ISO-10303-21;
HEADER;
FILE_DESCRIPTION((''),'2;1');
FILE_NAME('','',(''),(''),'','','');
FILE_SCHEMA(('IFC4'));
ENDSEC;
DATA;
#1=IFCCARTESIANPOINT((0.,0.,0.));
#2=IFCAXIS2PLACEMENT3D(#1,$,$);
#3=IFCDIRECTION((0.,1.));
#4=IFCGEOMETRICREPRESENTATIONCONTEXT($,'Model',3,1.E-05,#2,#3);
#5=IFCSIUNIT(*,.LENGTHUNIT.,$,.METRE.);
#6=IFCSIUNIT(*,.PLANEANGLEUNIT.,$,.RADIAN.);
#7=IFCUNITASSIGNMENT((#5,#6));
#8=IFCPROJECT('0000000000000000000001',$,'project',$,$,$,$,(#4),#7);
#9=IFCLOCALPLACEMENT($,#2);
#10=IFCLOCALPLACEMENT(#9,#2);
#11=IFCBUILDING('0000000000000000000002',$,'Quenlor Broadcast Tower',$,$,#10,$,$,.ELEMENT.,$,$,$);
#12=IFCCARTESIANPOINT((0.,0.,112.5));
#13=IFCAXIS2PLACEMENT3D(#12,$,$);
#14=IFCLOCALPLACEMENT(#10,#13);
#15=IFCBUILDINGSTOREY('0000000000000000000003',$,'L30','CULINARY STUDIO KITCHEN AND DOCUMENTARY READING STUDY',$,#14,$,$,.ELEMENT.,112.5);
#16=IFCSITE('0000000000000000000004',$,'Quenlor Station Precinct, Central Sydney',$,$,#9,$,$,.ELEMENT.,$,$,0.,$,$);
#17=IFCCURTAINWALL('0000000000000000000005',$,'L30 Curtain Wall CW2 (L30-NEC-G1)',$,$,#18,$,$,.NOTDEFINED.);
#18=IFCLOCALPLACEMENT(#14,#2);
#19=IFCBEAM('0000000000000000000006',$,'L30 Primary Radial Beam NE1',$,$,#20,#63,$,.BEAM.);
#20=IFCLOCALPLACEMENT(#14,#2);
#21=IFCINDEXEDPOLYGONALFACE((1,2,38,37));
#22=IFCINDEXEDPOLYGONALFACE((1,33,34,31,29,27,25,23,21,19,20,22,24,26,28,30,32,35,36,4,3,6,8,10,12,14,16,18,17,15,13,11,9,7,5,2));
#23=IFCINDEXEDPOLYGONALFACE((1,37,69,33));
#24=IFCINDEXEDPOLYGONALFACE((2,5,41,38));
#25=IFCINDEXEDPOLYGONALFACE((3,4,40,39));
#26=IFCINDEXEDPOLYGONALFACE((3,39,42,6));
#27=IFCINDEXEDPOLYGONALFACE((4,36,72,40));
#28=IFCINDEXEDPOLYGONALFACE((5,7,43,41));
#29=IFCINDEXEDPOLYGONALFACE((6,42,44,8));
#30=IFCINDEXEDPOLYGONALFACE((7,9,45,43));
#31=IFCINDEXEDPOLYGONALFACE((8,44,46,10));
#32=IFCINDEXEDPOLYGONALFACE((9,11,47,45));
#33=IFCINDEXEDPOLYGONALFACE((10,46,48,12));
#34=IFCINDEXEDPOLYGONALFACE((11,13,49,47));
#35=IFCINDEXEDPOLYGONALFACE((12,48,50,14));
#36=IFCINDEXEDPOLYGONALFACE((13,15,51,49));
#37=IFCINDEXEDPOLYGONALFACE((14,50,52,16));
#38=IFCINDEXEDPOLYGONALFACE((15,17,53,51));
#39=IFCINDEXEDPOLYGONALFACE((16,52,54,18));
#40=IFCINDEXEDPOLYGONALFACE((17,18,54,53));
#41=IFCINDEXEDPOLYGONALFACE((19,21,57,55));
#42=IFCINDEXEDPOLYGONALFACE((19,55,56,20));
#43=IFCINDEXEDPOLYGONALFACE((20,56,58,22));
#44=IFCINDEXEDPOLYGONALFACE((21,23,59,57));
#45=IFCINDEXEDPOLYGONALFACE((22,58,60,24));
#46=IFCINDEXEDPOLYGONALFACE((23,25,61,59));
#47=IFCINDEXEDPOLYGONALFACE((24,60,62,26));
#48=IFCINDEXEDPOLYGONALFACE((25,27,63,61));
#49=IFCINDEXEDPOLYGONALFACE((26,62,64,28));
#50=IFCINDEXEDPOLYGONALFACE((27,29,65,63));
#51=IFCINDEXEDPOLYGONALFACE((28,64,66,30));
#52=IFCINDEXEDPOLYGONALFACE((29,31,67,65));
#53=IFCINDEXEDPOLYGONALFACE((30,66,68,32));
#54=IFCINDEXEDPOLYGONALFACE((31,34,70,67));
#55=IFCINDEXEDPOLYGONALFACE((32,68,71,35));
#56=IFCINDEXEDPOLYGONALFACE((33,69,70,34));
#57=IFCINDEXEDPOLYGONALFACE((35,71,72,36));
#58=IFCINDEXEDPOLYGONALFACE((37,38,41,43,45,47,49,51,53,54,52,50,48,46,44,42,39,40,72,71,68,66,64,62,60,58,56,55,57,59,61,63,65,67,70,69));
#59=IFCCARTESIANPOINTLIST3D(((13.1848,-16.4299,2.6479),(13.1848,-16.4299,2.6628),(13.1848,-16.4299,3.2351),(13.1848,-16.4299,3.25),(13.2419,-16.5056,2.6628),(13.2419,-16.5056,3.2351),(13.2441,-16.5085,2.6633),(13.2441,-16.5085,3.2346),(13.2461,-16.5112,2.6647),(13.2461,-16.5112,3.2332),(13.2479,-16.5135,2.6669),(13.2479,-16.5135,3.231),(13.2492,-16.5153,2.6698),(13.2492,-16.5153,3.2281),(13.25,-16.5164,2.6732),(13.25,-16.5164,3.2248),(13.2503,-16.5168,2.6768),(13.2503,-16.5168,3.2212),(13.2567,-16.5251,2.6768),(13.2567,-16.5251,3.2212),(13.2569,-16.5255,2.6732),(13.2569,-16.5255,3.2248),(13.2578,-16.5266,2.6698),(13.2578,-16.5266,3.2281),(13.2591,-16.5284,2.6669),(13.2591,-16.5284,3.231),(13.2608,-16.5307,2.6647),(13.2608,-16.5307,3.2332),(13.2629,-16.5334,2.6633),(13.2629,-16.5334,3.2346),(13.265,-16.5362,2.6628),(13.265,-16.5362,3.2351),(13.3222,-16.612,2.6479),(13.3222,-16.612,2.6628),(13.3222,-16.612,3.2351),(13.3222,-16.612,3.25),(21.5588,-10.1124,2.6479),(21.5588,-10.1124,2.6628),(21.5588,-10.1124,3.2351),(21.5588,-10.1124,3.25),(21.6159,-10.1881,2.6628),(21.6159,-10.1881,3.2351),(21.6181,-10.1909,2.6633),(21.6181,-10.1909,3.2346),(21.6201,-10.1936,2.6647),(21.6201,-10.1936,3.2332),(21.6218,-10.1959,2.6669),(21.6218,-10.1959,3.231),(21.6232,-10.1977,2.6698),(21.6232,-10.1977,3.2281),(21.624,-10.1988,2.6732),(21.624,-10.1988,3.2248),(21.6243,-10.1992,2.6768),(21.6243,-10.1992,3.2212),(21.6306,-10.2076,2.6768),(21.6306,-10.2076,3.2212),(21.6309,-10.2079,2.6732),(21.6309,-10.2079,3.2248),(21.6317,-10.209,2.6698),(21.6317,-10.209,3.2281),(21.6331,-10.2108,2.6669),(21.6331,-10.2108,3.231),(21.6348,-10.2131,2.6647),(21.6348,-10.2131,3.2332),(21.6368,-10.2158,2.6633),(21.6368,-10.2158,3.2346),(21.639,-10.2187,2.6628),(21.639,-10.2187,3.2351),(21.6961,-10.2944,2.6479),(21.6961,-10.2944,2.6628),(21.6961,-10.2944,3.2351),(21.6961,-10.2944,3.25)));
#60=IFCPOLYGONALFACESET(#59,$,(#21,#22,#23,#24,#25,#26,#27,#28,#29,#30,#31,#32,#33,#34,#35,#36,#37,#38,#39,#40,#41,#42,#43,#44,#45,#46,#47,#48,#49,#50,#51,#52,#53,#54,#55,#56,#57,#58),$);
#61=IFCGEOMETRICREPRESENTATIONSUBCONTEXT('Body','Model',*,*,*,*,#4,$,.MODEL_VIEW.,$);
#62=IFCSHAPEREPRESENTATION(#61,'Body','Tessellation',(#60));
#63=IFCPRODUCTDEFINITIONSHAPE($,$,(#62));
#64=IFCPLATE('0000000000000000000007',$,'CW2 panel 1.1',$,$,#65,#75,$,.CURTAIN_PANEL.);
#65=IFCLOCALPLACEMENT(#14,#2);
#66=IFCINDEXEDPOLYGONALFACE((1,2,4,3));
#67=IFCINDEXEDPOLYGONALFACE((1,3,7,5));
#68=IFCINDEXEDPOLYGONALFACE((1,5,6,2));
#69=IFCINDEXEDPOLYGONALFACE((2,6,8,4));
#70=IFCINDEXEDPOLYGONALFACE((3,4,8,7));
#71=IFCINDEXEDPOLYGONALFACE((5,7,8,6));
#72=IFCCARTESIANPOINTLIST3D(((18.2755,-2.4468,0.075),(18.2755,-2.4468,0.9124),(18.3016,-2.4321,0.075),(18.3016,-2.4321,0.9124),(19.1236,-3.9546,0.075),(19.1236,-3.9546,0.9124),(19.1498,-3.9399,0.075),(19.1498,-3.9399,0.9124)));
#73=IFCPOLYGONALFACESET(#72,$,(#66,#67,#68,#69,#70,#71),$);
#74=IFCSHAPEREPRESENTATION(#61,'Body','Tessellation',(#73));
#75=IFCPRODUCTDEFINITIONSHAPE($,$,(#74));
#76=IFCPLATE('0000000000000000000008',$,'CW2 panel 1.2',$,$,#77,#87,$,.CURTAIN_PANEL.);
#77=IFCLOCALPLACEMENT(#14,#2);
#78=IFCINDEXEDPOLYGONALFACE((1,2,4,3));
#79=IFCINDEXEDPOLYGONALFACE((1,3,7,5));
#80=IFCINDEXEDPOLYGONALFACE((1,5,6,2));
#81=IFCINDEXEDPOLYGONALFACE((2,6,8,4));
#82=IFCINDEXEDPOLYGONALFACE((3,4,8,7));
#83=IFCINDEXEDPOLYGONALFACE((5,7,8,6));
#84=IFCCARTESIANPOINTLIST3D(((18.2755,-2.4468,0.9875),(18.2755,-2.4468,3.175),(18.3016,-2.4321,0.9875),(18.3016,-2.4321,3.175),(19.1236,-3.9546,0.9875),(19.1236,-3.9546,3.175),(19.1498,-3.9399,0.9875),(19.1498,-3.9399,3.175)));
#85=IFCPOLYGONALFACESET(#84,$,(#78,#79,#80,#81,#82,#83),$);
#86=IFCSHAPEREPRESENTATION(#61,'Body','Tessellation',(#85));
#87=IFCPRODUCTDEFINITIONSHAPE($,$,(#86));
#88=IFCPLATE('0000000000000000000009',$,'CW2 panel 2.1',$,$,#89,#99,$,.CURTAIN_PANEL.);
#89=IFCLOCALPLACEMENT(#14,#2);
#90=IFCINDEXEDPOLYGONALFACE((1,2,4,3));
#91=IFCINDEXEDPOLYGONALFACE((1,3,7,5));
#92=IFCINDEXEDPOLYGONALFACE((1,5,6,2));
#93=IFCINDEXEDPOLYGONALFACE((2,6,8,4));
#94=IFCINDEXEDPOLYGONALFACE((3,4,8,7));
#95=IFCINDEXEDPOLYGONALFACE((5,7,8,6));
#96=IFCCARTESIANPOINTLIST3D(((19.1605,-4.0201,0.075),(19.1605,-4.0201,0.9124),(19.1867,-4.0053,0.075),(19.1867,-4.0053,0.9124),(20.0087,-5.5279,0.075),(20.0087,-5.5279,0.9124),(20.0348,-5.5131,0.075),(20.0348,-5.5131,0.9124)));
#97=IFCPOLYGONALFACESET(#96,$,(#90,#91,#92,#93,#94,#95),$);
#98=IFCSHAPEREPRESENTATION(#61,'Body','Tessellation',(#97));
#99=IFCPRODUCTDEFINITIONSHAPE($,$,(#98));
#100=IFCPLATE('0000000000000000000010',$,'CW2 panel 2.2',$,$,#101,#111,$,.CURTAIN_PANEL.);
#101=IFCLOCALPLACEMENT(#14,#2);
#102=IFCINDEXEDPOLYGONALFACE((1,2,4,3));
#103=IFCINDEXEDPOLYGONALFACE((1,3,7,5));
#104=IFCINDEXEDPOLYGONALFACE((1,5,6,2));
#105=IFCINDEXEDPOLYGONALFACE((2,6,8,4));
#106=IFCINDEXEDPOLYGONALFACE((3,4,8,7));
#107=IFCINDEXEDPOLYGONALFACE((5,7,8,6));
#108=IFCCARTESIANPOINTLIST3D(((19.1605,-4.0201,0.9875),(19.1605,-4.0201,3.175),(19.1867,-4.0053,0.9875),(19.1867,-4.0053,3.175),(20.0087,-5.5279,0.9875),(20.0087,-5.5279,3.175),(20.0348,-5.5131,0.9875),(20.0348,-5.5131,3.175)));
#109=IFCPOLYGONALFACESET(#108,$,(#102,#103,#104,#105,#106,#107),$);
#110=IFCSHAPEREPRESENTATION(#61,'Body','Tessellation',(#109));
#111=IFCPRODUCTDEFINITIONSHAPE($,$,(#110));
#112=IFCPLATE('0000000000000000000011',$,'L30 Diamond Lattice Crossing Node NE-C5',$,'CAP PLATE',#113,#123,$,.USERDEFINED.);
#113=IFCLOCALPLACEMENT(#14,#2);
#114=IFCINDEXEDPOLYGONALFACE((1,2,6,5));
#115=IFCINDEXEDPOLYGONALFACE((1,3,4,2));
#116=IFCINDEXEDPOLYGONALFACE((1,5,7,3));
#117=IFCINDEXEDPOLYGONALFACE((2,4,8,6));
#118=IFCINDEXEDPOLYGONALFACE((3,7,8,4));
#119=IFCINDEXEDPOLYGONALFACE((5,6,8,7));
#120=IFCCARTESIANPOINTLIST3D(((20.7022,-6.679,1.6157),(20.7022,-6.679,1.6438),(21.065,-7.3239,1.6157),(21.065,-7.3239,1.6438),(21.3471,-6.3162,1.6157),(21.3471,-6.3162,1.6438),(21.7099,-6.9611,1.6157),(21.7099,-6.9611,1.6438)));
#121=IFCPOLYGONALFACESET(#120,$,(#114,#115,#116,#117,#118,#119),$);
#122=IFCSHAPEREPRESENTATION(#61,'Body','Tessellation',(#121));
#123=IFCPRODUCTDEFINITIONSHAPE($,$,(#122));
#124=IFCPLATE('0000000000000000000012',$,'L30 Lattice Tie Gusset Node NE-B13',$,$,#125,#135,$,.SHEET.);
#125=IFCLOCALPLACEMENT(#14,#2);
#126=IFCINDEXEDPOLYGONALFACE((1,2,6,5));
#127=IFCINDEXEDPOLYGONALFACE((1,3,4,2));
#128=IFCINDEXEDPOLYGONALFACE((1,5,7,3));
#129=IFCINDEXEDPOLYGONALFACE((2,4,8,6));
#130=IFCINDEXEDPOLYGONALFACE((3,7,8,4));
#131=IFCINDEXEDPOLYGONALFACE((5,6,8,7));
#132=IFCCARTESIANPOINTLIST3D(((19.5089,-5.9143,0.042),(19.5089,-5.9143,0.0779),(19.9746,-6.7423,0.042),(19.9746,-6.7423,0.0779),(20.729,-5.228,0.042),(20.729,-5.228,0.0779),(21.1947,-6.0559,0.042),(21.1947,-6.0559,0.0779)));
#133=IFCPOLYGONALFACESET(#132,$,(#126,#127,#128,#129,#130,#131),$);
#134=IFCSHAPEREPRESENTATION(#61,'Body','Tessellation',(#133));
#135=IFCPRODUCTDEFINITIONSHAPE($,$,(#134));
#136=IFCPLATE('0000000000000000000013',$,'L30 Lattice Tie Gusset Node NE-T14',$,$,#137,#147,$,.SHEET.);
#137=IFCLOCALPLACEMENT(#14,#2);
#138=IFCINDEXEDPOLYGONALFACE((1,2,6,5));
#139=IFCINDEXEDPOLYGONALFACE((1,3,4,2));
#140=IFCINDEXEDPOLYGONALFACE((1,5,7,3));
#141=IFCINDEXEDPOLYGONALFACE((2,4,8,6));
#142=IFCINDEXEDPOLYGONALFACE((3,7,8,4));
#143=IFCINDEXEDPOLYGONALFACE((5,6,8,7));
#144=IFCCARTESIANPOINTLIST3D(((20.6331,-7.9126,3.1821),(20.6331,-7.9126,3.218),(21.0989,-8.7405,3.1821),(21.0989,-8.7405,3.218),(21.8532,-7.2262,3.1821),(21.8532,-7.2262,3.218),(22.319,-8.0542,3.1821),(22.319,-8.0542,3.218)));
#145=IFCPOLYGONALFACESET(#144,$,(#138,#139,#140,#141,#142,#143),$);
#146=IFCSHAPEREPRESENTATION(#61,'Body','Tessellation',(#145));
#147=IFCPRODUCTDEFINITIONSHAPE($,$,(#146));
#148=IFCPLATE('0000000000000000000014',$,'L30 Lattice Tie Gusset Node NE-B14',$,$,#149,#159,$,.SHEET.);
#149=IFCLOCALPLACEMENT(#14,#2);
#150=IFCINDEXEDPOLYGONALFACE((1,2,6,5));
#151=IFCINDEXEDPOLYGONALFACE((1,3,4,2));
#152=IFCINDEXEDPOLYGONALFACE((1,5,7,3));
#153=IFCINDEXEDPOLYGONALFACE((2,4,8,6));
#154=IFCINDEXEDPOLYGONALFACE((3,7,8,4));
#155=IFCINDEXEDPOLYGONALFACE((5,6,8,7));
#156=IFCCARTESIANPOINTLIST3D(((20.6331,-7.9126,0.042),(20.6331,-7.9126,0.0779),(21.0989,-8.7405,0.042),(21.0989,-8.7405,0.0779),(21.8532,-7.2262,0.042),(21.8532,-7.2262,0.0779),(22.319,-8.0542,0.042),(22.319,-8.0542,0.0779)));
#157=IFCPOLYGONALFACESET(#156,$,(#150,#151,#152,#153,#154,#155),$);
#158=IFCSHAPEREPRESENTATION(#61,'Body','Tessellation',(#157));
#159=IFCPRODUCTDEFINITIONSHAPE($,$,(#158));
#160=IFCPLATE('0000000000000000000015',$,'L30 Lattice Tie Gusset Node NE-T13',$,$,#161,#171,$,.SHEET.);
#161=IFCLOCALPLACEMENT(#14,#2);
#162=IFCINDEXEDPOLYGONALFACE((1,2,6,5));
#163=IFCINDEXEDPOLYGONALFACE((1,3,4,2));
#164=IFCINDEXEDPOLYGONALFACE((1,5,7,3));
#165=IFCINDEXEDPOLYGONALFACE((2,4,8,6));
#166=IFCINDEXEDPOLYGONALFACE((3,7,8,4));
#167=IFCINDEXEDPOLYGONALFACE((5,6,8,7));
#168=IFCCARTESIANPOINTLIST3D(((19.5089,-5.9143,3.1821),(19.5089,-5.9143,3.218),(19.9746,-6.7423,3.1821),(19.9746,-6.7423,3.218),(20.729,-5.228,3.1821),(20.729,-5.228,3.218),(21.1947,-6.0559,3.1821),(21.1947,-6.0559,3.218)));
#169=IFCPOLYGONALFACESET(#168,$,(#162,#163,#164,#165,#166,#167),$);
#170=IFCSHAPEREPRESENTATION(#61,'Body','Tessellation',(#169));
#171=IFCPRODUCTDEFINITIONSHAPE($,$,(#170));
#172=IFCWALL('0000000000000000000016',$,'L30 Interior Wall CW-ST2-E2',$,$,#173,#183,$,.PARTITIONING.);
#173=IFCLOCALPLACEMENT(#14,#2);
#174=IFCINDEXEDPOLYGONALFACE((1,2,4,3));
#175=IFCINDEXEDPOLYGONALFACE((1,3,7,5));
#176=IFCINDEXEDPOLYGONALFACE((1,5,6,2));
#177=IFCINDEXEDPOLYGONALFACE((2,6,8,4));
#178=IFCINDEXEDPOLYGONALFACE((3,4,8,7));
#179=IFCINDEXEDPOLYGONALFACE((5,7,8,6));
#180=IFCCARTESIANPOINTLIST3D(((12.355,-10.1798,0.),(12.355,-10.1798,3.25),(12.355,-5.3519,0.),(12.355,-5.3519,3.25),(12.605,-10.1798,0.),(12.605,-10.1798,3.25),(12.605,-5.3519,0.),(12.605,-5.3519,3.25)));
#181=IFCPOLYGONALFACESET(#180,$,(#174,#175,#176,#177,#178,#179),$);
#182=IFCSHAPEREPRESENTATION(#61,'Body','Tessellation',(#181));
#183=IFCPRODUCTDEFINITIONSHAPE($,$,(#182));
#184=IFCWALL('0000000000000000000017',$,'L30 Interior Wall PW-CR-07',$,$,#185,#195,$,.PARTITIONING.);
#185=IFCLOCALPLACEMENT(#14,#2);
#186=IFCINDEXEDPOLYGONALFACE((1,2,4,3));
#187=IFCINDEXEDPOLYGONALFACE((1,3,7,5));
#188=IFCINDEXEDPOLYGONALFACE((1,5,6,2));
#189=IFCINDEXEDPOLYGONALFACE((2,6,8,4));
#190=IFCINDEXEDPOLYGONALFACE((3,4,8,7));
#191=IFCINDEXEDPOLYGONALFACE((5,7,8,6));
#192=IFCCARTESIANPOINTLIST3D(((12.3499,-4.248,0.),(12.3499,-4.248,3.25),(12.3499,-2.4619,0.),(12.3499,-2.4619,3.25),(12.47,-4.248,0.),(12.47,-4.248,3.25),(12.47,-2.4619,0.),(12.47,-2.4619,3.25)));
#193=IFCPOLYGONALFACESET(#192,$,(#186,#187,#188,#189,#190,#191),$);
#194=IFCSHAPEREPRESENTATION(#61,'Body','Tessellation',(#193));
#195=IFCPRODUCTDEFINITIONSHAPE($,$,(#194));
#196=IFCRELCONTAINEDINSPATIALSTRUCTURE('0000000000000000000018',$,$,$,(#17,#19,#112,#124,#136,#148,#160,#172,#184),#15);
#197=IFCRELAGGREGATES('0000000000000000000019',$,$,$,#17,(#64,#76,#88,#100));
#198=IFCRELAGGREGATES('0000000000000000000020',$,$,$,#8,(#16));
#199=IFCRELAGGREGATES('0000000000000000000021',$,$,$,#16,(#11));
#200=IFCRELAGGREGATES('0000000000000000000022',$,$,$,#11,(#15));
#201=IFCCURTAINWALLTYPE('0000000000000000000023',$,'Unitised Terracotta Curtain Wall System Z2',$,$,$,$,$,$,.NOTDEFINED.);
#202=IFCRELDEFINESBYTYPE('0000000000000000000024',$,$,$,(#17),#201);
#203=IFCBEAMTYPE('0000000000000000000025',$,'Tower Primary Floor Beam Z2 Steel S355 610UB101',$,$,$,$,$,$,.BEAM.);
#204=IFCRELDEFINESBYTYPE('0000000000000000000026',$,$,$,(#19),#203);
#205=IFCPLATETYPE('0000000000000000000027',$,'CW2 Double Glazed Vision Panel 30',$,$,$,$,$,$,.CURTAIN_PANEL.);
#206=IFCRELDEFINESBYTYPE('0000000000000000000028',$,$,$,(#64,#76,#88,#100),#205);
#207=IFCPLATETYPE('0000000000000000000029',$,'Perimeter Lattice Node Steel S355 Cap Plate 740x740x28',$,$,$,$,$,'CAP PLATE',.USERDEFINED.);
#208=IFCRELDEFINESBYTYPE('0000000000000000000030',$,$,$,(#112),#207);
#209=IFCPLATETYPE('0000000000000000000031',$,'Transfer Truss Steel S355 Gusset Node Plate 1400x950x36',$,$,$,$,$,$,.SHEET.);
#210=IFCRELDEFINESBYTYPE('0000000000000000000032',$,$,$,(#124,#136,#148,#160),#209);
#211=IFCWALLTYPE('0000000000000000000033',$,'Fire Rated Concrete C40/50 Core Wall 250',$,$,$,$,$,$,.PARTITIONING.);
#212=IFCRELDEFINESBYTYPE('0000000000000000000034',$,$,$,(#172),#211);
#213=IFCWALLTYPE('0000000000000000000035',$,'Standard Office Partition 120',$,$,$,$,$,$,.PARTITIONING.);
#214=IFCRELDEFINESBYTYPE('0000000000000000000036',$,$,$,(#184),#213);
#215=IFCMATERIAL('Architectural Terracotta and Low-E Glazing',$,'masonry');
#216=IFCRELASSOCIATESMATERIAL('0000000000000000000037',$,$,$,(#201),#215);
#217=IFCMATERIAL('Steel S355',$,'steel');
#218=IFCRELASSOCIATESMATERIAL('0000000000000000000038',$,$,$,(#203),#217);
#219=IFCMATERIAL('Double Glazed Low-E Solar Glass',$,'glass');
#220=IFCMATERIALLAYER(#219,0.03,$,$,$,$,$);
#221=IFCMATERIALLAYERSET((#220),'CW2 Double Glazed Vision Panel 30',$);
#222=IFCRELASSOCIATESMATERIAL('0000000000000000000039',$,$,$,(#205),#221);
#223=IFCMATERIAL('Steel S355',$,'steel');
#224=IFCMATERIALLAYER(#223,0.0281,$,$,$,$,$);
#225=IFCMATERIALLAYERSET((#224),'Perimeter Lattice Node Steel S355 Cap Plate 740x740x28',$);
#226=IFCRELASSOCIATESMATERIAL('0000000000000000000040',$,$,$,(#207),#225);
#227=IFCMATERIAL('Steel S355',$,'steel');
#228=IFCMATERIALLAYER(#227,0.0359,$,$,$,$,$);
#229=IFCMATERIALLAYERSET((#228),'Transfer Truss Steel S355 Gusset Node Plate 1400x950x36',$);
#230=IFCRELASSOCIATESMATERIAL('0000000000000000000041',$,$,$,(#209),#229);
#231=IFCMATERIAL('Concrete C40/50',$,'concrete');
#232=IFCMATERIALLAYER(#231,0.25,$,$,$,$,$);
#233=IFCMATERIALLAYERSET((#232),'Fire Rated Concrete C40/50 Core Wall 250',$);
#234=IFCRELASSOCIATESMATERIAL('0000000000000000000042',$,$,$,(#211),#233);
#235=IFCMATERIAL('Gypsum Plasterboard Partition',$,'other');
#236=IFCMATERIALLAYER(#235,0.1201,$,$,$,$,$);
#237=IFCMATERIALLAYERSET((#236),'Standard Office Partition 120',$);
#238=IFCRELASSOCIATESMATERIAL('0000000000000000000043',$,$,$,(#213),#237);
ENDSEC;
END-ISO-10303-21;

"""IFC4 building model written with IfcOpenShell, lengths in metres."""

from ifc_helpers import new_model, si_unit, direction, frame, frame_2d, origin, origin_2d, place, context, subcontext, project, spatial, rectangle, i_section, extrude, material, layer, layer_set, material_profile, profile_set, type_object, element, aggregate, save


model = new_model("IFC4")

# Units and contexts
model_context = context("Model", 3, precision=1e-05, world=origin(), true_north=direction((0.0, 1.0)))
body_context = subcontext(model_context, "Body", "Model", "MODEL_VIEW")
ifc_project = project(units=[si_unit("LENGTHUNIT", "METRE"), si_unit("PLANEANGLEUNIT", "RADIAN")], contexts=[model_context])

# Site, building, storey
site_placement = place(None, origin())
site = spatial("IfcSite", under=ifc_project, at=site_placement, Name="Quenlor Station Precinct, Central Sydney", CompositionType="ELEMENT", RefElevation=0.0)
building_placement = place(site_placement, origin())
building = spatial("IfcBuilding", under=site, at=building_placement, Name="Quenlor Broadcast Tower", CompositionType="ELEMENT")
storey_placement = place(building_placement, frame((0.0, 0.0, 112.5)))
storey = spatial("IfcBuildingStorey", under=building, at=storey_placement, Name="L30", Description="CULINARY STUDIO KITCHEN AND DOCUMENTARY READING STUDY", CompositionType="ELEMENT", Elevation=112.5)

# Curtain wall
ifc_material_1 = material(Name="Architectural Terracotta and Low-E Glazing", Category="masonry")
curtain_wall_type = type_object("IfcCurtainWallType", Name="Unitised Terracotta Curtain Wall System Z2", PredefinedType="NOTDEFINED", material=ifc_material_1)
curtain_wall_placement = place(storey_placement, origin())
curtain_wall = element("IfcCurtainWall", 1, at=curtain_wall_placement, inside=storey, type_object=curtain_wall_type, Name="L30 Curtain Wall CW2 (L30-NEC-G1)", PredefinedType="NOTDEFINED")

# Beam
ifc_material_2 = material(Name="Steel S355", Category="steel")
ifc_material_profile_1 = material_profile(ifc_material_2, i_section(OverallWidth=0.228, OverallDepth=0.6021, WebThickness=0.0105, FlangeThickness=0.0149, FilletRadius=0.0139, at=origin_2d()))
ifc_profile_set_1 = profile_set([ifc_material_profile_1], Name="Steel S355 610UB101")
beam_type_1 = type_object("IfcBeamType", Name="Tower Primary Floor Beam Z2 Steel S355 610UB101", PredefinedType="BEAM", material=ifc_profile_set_1)
beam_1_placement = place(storey_placement, frame((21.6274, -10.2034, 2.949), z_axis=(-0.798299, -0.602262, 0.0), x_axis=(0.602262, -0.798299, 0.0)))
element("IfcBeam", 2, at=beam_1_placement, inside=storey, type_object=beam_type_1, Name="L30 Primary Radial Beam NE1", PredefinedType="BEAM", context=body_context, shape_type="SweptSolid", body=[
    extrude(i_section(OverallWidth=0.228, OverallDepth=0.6021, WebThickness=0.0105, FlangeThickness=0.0149, FilletRadius=0.0139, at=origin_2d()), origin(), (0.0, 0.0, 1.0), 10.4897),
])

# Plates
ifc_material_3 = material(Name="Double Glazed Low-E Solar Glass", Category="glass")
ifc_layer_1 = layer(ifc_material_3, 0.03)
ifc_layer_set_1 = layer_set([ifc_layer_1], Name="CW2 Double Glazed Vision Panel 30")
plate_type_1 = type_object("IfcPlateType", Name="CW2 Double Glazed Vision Panel 30", PredefinedType="CURTAIN_PANEL", material=ifc_layer_set_1)
plate_1_placement = place(storey_placement, frame((18.7126, -3.1934, 0.075), z_axis=(0.0, 0.0, 1.0), x_axis=(0.490277, -0.871567, 0.0)))
plate_1 = element("IfcPlate", 3, at=plate_1_placement, type_object=plate_type_1, Name="CW2 panel 1.1", PredefinedType="CURTAIN_PANEL", context=body_context, shape_type="SweptSolid", body=[
    extrude(rectangle(XDim=1.73, YDim=0.03, at=origin_2d()), origin(), (0.0, 0.0, 1.0), 0.8374),
])
plate_2_placement = place(storey_placement, frame((18.7126, -3.1934, 0.9875), z_axis=(0.0, 0.0, 1.0), x_axis=(0.490277, -0.871567, 0.0)))
plate_2 = element("IfcPlate", 4, at=plate_2_placement, type_object=plate_type_1, Name="CW2 panel 1.2", PredefinedType="CURTAIN_PANEL", context=body_context, shape_type="SweptSolid", body=[
    extrude(rectangle(XDim=1.73, YDim=0.03, at=origin_2d()), origin(), (0.0, 0.0, 1.0), 2.1875),
])
plate_3_placement = place(storey_placement, frame((19.5977, -4.7666, 0.075), z_axis=(0.0, 0.0, 1.0), x_axis=(0.490277, -0.871567, 0.0)))
plate_3 = element("IfcPlate", 5, at=plate_3_placement, type_object=plate_type_1, Name="CW2 panel 2.1", PredefinedType="CURTAIN_PANEL", context=body_context, shape_type="SweptSolid", body=[
    extrude(rectangle(XDim=1.73, YDim=0.03, at=origin_2d()), origin(), (0.0, 0.0, 1.0), 0.8374),
])
plate_4_placement = place(storey_placement, frame((19.5977, -4.7666, 0.9875), z_axis=(0.0, 0.0, 1.0), x_axis=(0.490277, -0.871567, 0.0)))
plate_4 = element("IfcPlate", 6, at=plate_4_placement, type_object=plate_type_1, Name="CW2 panel 2.2", PredefinedType="CURTAIN_PANEL", context=body_context, shape_type="SweptSolid", body=[
    extrude(rectangle(XDim=1.73, YDim=0.03, at=origin_2d()), origin(), (0.0, 0.0, 1.0), 2.1875),
])
aggregate(curtain_wall, [plate_1, plate_2, plate_3, plate_4])

# Plates
ifc_material_4 = material(Name="Steel S355", Category="steel")
ifc_layer_2 = layer(ifc_material_4, 0.0281)
ifc_layer_set_2 = layer_set([ifc_layer_2], Name="Perimeter Lattice Node Steel S355 Cap Plate 740x740x28")
plate_type_2 = type_object("IfcPlateType", Name="Perimeter Lattice Node Steel S355 Cap Plate 740x740x28", ElementType="CAP PLATE", PredefinedType="USERDEFINED", material=ifc_layer_set_2)
plate_5_placement = place(storey_placement, frame((21.2061, -6.8201, 1.6157), z_axis=(0.0, 0.0, 1.0), x_axis=(0.490295, -0.871556, 0.0)))
element("IfcPlate", 7, at=plate_5_placement, inside=storey, type_object=plate_type_2, Name="L30 Diamond Lattice Crossing Node NE-C5", ObjectType="CAP PLATE", PredefinedType="USERDEFINED", context=body_context, shape_type="SweptSolid", body=[
    extrude(rectangle(XDim=0.74, YDim=0.74, at=origin_2d()), origin(), (0.0, 0.0, 1.0), 0.0281),
])
ifc_material_5 = material(Name="Steel S355", Category="steel")
ifc_layer_3 = layer(ifc_material_5, 0.0359)
ifc_layer_set_3 = layer_set([ifc_layer_3], Name="Transfer Truss Steel S355 Gusset Node Plate 1400x950x36")
plate_type_3 = type_object("IfcPlateType", Name="Transfer Truss Steel S355 Gusset Node Plate 1400x950x36", PredefinedType="SHEET", material=ifc_layer_set_3)
for number, where, z_axis, x_axis, name in (
    (8, (20.3518, -5.9851, 0.042), (0.0, 0.0, 1.0), (0.871556, 0.490295, 0.0), "L30 Lattice Tie Gusset Node NE-B13"),
    (9, (21.4761, -7.9834, 3.1821), (0.0, 0.0, 1.0), (0.871556, 0.490295, 0.0), "L30 Lattice Tie Gusset Node NE-T14"),
    (10, (21.4761, -7.9834, 0.042), (0.0, 0.0, 1.0), (0.871556, 0.490295, 0.0), "L30 Lattice Tie Gusset Node NE-B14"),
    (11, (20.3518, -5.9851, 3.1821), (0.0, 0.0, 1.0), (0.871556, 0.490295, 0.0), "L30 Lattice Tie Gusset Node NE-T13"),
):
    element("IfcPlate", number, at=place(storey_placement, frame(where, z_axis=z_axis, x_axis=x_axis)), inside=storey, type_object=plate_type_3, Name=name, PredefinedType="SHEET", context=body_context, shape_type="SweptSolid", body=[
        extrude(rectangle(XDim=1.3999, YDim=0.95, at=origin_2d()), origin(), (0.0, 0.0, 1.0), 0.0359),
    ])

# Walls
ifc_material_6 = material(Name="Concrete C40/50", Category="concrete")
ifc_layer_4 = layer(ifc_material_6, 0.25)
ifc_layer_set_4 = layer_set([ifc_layer_4], Name="Fire Rated Concrete C40/50 Core Wall 250")
wall_type_1 = type_object("IfcWallType", Name="Fire Rated Concrete C40/50 Core Wall 250", PredefinedType="PARTITIONING", material=ifc_layer_set_4)
wall_1_placement = place(storey_placement, frame((12.48, -10.1799, 0.0), z_axis=(0.0, 0.0, 1.0), x_axis=(0.0, 1.0, 0.0)))
element("IfcWall", 12, at=wall_1_placement, inside=storey, type_object=wall_type_1, Name="L30 Interior Wall CW-ST2-E2", PredefinedType="PARTITIONING", context=body_context, shape_type="SweptSolid", body=[
    extrude(rectangle(XDim=4.8279, YDim=0.25, at=frame_2d((2.4141, 0.0))), origin(), (0.0, 0.0, 1.0), 3.25),
])
ifc_material_7 = material(Name="Gypsum Plasterboard Partition", Category="other")
ifc_layer_5 = layer(ifc_material_7, 0.1201)
ifc_layer_set_5 = layer_set([ifc_layer_5], Name="Standard Office Partition 120")
wall_type_2 = type_object("IfcWallType", Name="Standard Office Partition 120", PredefinedType="PARTITIONING", material=ifc_layer_set_5)
wall_2_placement = place(storey_placement, frame((12.4099, -2.4619, 0.0), z_axis=(0.0, 0.0, 1.0), x_axis=(0.0, -1.0, 0.0)))
element("IfcWall", 13, at=wall_2_placement, inside=storey, type_object=wall_type_2, Name="L30 Interior Wall PW-CR-07", PredefinedType="PARTITIONING", context=body_context, shape_type="SweptSolid", body=[
    extrude(rectangle(XDim=1.7861, YDim=0.1201, at=frame_2d((0.8931, 0.0))), origin(), (0.0, 0.0, 1.0), 3.25),
])

save(model, "model.ifc")
